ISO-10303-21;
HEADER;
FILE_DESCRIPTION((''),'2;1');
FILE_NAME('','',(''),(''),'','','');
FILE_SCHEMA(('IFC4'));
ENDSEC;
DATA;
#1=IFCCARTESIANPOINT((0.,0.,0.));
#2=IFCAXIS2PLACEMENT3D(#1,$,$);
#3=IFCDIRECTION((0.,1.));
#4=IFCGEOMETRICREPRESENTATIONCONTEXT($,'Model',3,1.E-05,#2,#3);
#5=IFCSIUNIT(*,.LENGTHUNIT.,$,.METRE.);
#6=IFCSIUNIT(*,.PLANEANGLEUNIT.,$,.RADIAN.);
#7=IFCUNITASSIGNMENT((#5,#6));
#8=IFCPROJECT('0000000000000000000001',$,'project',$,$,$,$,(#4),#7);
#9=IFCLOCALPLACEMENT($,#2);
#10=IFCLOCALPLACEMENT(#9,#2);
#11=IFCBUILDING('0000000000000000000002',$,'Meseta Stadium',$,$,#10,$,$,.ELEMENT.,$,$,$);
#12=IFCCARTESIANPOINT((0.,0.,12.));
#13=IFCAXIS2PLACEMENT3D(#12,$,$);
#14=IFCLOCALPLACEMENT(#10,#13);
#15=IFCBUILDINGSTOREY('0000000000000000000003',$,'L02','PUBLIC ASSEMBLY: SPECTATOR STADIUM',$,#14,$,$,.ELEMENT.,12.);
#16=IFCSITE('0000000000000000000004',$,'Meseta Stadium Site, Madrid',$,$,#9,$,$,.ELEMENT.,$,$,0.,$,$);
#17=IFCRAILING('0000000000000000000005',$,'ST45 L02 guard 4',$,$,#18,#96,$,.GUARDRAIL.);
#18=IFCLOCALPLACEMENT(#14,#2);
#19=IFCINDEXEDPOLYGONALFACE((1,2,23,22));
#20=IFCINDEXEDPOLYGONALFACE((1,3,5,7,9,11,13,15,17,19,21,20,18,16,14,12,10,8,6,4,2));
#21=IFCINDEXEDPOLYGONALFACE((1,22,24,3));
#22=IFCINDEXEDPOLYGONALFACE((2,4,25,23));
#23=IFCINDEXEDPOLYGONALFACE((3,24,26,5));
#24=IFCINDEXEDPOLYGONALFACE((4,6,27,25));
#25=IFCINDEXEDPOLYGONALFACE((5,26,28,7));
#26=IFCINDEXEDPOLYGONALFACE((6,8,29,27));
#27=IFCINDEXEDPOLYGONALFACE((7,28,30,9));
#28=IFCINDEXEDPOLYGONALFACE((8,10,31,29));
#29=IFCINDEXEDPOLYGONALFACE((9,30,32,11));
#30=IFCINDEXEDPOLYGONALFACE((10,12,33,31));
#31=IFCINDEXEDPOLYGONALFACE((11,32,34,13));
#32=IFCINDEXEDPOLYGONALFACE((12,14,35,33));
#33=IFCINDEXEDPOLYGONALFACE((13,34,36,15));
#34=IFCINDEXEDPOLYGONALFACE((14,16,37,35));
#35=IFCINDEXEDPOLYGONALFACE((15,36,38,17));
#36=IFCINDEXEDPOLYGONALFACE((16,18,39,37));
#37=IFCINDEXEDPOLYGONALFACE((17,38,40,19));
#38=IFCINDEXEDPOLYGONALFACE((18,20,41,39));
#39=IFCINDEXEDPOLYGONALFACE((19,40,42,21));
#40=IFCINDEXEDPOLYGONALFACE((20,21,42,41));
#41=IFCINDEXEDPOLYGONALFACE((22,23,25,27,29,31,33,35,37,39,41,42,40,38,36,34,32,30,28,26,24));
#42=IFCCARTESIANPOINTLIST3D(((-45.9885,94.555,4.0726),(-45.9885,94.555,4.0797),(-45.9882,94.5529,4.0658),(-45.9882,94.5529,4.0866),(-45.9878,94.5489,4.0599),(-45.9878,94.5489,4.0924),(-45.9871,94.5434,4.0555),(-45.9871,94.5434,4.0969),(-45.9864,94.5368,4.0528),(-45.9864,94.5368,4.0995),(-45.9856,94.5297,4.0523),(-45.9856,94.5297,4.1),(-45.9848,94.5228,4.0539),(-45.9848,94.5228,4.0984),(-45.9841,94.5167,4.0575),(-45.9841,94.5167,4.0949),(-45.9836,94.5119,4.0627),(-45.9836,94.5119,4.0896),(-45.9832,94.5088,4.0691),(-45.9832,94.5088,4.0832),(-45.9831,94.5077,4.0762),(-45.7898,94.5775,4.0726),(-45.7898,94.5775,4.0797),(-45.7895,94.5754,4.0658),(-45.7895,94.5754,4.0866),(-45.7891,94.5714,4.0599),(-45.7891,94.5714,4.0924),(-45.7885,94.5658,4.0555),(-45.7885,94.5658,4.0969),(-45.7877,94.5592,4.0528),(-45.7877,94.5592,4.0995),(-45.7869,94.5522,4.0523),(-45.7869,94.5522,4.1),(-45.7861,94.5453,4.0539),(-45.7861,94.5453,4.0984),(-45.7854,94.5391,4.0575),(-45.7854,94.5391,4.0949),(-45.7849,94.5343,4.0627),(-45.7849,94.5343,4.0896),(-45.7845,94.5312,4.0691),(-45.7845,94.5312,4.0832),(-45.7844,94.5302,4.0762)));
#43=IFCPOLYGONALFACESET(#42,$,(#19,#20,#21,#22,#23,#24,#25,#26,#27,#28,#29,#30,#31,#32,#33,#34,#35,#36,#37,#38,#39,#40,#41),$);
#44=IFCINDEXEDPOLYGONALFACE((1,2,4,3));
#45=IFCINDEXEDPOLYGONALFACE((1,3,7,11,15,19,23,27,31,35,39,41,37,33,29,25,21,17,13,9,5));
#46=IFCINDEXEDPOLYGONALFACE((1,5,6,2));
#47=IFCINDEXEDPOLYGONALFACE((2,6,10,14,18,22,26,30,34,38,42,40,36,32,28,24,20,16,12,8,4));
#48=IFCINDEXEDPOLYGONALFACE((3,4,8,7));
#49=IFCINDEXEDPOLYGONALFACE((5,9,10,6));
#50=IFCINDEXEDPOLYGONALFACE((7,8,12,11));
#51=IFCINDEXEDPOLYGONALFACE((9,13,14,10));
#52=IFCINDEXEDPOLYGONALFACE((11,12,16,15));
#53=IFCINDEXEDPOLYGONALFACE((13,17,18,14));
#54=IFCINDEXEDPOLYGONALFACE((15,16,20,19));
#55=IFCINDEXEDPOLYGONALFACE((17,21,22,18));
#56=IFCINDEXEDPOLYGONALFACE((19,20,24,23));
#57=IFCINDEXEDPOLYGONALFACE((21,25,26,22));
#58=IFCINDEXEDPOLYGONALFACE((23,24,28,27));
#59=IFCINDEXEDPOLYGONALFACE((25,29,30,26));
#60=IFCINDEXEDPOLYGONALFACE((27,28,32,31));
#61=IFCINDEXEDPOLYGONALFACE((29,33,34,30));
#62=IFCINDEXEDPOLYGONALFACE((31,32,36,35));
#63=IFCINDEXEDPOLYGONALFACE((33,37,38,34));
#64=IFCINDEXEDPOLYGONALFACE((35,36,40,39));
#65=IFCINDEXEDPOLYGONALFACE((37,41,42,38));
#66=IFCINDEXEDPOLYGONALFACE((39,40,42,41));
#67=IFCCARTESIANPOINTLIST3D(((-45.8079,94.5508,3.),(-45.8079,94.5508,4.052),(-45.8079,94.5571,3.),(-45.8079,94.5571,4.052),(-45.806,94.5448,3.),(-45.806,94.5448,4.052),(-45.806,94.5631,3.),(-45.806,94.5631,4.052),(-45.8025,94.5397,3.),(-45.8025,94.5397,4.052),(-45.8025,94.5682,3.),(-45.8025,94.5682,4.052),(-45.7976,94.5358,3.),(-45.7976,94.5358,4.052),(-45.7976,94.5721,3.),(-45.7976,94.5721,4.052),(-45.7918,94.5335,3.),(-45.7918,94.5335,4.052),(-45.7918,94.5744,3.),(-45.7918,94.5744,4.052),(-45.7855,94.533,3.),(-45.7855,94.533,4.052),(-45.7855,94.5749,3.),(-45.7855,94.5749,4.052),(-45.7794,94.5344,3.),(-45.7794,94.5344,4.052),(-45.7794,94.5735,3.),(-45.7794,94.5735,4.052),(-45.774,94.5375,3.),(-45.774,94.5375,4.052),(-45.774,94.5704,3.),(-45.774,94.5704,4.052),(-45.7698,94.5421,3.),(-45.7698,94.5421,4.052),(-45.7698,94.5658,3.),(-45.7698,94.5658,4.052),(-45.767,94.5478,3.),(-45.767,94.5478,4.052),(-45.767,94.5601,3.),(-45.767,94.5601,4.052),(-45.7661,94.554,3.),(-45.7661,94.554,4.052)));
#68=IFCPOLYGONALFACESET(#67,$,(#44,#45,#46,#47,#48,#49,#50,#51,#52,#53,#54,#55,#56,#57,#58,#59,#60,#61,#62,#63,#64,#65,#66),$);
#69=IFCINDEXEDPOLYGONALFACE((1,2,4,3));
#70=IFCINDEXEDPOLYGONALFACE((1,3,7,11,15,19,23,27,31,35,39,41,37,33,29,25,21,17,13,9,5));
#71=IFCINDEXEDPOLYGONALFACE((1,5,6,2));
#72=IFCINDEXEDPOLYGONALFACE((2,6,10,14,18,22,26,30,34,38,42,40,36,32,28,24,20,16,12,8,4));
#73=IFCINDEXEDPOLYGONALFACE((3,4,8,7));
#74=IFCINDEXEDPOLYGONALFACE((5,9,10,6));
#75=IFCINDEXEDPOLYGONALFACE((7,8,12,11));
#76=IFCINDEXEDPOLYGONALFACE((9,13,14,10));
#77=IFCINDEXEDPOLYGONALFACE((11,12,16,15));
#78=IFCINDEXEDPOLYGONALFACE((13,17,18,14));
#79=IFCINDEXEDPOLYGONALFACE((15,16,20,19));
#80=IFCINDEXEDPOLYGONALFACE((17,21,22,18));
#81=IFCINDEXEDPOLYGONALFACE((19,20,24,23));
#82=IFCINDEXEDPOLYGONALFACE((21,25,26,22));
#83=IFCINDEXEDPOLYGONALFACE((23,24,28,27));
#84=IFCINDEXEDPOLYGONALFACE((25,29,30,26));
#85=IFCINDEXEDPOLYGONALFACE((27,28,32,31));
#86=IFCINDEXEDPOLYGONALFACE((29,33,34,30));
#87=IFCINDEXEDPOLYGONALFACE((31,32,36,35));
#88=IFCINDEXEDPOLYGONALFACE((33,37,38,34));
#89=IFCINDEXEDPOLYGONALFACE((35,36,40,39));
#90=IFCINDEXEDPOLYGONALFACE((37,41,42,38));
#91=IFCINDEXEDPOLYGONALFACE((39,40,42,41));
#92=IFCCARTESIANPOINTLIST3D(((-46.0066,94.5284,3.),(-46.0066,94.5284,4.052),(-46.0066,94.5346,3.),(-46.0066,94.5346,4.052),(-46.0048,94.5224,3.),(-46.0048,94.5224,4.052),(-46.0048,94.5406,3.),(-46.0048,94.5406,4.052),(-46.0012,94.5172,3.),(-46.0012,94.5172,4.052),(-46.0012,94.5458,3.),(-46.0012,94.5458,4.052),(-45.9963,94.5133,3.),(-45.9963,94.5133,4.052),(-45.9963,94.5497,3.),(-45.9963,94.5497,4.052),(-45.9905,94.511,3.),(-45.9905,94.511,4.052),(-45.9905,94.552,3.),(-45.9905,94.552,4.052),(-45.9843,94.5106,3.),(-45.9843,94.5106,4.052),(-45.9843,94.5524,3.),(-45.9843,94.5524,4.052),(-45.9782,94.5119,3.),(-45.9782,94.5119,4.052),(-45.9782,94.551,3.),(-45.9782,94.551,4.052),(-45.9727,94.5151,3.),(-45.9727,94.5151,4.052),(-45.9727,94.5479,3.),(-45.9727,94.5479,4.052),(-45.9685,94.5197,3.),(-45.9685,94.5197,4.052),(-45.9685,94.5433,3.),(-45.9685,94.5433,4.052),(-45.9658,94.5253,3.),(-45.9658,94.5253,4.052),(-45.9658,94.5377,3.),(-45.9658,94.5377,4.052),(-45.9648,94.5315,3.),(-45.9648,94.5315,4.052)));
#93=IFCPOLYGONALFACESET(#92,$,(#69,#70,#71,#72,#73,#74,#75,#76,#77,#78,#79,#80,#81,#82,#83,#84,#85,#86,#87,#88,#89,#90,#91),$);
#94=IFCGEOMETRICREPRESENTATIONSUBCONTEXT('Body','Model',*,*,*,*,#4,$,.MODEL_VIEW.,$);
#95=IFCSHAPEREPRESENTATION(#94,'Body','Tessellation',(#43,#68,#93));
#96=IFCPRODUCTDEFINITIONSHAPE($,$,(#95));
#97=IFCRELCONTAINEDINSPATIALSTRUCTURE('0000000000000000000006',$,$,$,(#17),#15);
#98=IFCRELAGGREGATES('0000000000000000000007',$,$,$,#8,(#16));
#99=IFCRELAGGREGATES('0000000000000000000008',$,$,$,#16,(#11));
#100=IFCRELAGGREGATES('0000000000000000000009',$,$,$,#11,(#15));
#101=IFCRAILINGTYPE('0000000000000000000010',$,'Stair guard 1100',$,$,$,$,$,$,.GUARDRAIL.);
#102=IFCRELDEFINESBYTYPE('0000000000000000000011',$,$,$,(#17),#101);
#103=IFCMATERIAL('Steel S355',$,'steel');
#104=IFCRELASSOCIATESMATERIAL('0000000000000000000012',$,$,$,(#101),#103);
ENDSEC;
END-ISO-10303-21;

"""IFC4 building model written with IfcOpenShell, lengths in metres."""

from ifc_helpers import new_model, si_unit, direction, frame, origin, origin_2d, place, context, subcontext, project, spatial, circle, extrude, material, type_object, element, save


model = new_model("IFC4")

# Units and contexts
model_context = context("Model", 3, precision=1e-05, world=origin(), true_north=direction((0.0, 1.0)))
body_context = subcontext(model_context, "Body", "Model", "MODEL_VIEW")
ifc_project = project(units=[si_unit("LENGTHUNIT", "METRE"), si_unit("PLANEANGLEUNIT", "RADIAN")], contexts=[model_context])

# Site, building, storey
site_placement = place(None, origin())
site = spatial("IfcSite", under=ifc_project, at=site_placement, Name="Meseta Stadium Site, Madrid", CompositionType="ELEMENT", RefElevation=0.0)
building_placement = place(site_placement, origin())
building = spatial("IfcBuilding", under=site, at=building_placement, Name="Meseta Stadium", CompositionType="ELEMENT")
storey_placement = place(building_placement, frame((0.0, 0.0, 12.0)))
storey = spatial("IfcBuildingStorey", under=building, at=storey_placement, Name="L02", Description="PUBLIC ASSEMBLY: SPECTATOR STADIUM", CompositionType="ELEMENT", Elevation=12.0)

# Railing
ifc_material_1 = material(Name="Steel S355", Category="steel")
railing_type_1 = type_object("IfcRailingType", Name="Stair guard 1100", PredefinedType="GUARDRAIL", material=ifc_material_1)
railing_1_placement = place(storey_placement, frame((-45.7871, 94.554, 3.0)))
element("IfcRailing", 1, at=railing_1_placement, inside=storey, type_object=railing_type_1, Name="ST45 L02 guard 4", PredefinedType="GUARDRAIL", context=body_context, shape_type="SweptSolid", body=[
    extrude(circle(Radius=0.0239, at=origin_2d()), frame((0.0, 0.0, 1.0762), z_axis=(-0.993674, -0.112307, 0.0), x_axis=(0.112307, -0.993674, 0.0)), (0.0, 0.0, 1.0), 0.2),
    extrude(circle(Radius=0.021, at=origin_2d()), origin(), (0.0, 0.0, 1.0), 1.052),
    extrude(circle(Radius=0.021, at=origin_2d()), frame((-0.1987, -0.0225, 0.0)), (0.0, 0.0, 1.0), 1.052),
])

save(model, "model.ifc")
